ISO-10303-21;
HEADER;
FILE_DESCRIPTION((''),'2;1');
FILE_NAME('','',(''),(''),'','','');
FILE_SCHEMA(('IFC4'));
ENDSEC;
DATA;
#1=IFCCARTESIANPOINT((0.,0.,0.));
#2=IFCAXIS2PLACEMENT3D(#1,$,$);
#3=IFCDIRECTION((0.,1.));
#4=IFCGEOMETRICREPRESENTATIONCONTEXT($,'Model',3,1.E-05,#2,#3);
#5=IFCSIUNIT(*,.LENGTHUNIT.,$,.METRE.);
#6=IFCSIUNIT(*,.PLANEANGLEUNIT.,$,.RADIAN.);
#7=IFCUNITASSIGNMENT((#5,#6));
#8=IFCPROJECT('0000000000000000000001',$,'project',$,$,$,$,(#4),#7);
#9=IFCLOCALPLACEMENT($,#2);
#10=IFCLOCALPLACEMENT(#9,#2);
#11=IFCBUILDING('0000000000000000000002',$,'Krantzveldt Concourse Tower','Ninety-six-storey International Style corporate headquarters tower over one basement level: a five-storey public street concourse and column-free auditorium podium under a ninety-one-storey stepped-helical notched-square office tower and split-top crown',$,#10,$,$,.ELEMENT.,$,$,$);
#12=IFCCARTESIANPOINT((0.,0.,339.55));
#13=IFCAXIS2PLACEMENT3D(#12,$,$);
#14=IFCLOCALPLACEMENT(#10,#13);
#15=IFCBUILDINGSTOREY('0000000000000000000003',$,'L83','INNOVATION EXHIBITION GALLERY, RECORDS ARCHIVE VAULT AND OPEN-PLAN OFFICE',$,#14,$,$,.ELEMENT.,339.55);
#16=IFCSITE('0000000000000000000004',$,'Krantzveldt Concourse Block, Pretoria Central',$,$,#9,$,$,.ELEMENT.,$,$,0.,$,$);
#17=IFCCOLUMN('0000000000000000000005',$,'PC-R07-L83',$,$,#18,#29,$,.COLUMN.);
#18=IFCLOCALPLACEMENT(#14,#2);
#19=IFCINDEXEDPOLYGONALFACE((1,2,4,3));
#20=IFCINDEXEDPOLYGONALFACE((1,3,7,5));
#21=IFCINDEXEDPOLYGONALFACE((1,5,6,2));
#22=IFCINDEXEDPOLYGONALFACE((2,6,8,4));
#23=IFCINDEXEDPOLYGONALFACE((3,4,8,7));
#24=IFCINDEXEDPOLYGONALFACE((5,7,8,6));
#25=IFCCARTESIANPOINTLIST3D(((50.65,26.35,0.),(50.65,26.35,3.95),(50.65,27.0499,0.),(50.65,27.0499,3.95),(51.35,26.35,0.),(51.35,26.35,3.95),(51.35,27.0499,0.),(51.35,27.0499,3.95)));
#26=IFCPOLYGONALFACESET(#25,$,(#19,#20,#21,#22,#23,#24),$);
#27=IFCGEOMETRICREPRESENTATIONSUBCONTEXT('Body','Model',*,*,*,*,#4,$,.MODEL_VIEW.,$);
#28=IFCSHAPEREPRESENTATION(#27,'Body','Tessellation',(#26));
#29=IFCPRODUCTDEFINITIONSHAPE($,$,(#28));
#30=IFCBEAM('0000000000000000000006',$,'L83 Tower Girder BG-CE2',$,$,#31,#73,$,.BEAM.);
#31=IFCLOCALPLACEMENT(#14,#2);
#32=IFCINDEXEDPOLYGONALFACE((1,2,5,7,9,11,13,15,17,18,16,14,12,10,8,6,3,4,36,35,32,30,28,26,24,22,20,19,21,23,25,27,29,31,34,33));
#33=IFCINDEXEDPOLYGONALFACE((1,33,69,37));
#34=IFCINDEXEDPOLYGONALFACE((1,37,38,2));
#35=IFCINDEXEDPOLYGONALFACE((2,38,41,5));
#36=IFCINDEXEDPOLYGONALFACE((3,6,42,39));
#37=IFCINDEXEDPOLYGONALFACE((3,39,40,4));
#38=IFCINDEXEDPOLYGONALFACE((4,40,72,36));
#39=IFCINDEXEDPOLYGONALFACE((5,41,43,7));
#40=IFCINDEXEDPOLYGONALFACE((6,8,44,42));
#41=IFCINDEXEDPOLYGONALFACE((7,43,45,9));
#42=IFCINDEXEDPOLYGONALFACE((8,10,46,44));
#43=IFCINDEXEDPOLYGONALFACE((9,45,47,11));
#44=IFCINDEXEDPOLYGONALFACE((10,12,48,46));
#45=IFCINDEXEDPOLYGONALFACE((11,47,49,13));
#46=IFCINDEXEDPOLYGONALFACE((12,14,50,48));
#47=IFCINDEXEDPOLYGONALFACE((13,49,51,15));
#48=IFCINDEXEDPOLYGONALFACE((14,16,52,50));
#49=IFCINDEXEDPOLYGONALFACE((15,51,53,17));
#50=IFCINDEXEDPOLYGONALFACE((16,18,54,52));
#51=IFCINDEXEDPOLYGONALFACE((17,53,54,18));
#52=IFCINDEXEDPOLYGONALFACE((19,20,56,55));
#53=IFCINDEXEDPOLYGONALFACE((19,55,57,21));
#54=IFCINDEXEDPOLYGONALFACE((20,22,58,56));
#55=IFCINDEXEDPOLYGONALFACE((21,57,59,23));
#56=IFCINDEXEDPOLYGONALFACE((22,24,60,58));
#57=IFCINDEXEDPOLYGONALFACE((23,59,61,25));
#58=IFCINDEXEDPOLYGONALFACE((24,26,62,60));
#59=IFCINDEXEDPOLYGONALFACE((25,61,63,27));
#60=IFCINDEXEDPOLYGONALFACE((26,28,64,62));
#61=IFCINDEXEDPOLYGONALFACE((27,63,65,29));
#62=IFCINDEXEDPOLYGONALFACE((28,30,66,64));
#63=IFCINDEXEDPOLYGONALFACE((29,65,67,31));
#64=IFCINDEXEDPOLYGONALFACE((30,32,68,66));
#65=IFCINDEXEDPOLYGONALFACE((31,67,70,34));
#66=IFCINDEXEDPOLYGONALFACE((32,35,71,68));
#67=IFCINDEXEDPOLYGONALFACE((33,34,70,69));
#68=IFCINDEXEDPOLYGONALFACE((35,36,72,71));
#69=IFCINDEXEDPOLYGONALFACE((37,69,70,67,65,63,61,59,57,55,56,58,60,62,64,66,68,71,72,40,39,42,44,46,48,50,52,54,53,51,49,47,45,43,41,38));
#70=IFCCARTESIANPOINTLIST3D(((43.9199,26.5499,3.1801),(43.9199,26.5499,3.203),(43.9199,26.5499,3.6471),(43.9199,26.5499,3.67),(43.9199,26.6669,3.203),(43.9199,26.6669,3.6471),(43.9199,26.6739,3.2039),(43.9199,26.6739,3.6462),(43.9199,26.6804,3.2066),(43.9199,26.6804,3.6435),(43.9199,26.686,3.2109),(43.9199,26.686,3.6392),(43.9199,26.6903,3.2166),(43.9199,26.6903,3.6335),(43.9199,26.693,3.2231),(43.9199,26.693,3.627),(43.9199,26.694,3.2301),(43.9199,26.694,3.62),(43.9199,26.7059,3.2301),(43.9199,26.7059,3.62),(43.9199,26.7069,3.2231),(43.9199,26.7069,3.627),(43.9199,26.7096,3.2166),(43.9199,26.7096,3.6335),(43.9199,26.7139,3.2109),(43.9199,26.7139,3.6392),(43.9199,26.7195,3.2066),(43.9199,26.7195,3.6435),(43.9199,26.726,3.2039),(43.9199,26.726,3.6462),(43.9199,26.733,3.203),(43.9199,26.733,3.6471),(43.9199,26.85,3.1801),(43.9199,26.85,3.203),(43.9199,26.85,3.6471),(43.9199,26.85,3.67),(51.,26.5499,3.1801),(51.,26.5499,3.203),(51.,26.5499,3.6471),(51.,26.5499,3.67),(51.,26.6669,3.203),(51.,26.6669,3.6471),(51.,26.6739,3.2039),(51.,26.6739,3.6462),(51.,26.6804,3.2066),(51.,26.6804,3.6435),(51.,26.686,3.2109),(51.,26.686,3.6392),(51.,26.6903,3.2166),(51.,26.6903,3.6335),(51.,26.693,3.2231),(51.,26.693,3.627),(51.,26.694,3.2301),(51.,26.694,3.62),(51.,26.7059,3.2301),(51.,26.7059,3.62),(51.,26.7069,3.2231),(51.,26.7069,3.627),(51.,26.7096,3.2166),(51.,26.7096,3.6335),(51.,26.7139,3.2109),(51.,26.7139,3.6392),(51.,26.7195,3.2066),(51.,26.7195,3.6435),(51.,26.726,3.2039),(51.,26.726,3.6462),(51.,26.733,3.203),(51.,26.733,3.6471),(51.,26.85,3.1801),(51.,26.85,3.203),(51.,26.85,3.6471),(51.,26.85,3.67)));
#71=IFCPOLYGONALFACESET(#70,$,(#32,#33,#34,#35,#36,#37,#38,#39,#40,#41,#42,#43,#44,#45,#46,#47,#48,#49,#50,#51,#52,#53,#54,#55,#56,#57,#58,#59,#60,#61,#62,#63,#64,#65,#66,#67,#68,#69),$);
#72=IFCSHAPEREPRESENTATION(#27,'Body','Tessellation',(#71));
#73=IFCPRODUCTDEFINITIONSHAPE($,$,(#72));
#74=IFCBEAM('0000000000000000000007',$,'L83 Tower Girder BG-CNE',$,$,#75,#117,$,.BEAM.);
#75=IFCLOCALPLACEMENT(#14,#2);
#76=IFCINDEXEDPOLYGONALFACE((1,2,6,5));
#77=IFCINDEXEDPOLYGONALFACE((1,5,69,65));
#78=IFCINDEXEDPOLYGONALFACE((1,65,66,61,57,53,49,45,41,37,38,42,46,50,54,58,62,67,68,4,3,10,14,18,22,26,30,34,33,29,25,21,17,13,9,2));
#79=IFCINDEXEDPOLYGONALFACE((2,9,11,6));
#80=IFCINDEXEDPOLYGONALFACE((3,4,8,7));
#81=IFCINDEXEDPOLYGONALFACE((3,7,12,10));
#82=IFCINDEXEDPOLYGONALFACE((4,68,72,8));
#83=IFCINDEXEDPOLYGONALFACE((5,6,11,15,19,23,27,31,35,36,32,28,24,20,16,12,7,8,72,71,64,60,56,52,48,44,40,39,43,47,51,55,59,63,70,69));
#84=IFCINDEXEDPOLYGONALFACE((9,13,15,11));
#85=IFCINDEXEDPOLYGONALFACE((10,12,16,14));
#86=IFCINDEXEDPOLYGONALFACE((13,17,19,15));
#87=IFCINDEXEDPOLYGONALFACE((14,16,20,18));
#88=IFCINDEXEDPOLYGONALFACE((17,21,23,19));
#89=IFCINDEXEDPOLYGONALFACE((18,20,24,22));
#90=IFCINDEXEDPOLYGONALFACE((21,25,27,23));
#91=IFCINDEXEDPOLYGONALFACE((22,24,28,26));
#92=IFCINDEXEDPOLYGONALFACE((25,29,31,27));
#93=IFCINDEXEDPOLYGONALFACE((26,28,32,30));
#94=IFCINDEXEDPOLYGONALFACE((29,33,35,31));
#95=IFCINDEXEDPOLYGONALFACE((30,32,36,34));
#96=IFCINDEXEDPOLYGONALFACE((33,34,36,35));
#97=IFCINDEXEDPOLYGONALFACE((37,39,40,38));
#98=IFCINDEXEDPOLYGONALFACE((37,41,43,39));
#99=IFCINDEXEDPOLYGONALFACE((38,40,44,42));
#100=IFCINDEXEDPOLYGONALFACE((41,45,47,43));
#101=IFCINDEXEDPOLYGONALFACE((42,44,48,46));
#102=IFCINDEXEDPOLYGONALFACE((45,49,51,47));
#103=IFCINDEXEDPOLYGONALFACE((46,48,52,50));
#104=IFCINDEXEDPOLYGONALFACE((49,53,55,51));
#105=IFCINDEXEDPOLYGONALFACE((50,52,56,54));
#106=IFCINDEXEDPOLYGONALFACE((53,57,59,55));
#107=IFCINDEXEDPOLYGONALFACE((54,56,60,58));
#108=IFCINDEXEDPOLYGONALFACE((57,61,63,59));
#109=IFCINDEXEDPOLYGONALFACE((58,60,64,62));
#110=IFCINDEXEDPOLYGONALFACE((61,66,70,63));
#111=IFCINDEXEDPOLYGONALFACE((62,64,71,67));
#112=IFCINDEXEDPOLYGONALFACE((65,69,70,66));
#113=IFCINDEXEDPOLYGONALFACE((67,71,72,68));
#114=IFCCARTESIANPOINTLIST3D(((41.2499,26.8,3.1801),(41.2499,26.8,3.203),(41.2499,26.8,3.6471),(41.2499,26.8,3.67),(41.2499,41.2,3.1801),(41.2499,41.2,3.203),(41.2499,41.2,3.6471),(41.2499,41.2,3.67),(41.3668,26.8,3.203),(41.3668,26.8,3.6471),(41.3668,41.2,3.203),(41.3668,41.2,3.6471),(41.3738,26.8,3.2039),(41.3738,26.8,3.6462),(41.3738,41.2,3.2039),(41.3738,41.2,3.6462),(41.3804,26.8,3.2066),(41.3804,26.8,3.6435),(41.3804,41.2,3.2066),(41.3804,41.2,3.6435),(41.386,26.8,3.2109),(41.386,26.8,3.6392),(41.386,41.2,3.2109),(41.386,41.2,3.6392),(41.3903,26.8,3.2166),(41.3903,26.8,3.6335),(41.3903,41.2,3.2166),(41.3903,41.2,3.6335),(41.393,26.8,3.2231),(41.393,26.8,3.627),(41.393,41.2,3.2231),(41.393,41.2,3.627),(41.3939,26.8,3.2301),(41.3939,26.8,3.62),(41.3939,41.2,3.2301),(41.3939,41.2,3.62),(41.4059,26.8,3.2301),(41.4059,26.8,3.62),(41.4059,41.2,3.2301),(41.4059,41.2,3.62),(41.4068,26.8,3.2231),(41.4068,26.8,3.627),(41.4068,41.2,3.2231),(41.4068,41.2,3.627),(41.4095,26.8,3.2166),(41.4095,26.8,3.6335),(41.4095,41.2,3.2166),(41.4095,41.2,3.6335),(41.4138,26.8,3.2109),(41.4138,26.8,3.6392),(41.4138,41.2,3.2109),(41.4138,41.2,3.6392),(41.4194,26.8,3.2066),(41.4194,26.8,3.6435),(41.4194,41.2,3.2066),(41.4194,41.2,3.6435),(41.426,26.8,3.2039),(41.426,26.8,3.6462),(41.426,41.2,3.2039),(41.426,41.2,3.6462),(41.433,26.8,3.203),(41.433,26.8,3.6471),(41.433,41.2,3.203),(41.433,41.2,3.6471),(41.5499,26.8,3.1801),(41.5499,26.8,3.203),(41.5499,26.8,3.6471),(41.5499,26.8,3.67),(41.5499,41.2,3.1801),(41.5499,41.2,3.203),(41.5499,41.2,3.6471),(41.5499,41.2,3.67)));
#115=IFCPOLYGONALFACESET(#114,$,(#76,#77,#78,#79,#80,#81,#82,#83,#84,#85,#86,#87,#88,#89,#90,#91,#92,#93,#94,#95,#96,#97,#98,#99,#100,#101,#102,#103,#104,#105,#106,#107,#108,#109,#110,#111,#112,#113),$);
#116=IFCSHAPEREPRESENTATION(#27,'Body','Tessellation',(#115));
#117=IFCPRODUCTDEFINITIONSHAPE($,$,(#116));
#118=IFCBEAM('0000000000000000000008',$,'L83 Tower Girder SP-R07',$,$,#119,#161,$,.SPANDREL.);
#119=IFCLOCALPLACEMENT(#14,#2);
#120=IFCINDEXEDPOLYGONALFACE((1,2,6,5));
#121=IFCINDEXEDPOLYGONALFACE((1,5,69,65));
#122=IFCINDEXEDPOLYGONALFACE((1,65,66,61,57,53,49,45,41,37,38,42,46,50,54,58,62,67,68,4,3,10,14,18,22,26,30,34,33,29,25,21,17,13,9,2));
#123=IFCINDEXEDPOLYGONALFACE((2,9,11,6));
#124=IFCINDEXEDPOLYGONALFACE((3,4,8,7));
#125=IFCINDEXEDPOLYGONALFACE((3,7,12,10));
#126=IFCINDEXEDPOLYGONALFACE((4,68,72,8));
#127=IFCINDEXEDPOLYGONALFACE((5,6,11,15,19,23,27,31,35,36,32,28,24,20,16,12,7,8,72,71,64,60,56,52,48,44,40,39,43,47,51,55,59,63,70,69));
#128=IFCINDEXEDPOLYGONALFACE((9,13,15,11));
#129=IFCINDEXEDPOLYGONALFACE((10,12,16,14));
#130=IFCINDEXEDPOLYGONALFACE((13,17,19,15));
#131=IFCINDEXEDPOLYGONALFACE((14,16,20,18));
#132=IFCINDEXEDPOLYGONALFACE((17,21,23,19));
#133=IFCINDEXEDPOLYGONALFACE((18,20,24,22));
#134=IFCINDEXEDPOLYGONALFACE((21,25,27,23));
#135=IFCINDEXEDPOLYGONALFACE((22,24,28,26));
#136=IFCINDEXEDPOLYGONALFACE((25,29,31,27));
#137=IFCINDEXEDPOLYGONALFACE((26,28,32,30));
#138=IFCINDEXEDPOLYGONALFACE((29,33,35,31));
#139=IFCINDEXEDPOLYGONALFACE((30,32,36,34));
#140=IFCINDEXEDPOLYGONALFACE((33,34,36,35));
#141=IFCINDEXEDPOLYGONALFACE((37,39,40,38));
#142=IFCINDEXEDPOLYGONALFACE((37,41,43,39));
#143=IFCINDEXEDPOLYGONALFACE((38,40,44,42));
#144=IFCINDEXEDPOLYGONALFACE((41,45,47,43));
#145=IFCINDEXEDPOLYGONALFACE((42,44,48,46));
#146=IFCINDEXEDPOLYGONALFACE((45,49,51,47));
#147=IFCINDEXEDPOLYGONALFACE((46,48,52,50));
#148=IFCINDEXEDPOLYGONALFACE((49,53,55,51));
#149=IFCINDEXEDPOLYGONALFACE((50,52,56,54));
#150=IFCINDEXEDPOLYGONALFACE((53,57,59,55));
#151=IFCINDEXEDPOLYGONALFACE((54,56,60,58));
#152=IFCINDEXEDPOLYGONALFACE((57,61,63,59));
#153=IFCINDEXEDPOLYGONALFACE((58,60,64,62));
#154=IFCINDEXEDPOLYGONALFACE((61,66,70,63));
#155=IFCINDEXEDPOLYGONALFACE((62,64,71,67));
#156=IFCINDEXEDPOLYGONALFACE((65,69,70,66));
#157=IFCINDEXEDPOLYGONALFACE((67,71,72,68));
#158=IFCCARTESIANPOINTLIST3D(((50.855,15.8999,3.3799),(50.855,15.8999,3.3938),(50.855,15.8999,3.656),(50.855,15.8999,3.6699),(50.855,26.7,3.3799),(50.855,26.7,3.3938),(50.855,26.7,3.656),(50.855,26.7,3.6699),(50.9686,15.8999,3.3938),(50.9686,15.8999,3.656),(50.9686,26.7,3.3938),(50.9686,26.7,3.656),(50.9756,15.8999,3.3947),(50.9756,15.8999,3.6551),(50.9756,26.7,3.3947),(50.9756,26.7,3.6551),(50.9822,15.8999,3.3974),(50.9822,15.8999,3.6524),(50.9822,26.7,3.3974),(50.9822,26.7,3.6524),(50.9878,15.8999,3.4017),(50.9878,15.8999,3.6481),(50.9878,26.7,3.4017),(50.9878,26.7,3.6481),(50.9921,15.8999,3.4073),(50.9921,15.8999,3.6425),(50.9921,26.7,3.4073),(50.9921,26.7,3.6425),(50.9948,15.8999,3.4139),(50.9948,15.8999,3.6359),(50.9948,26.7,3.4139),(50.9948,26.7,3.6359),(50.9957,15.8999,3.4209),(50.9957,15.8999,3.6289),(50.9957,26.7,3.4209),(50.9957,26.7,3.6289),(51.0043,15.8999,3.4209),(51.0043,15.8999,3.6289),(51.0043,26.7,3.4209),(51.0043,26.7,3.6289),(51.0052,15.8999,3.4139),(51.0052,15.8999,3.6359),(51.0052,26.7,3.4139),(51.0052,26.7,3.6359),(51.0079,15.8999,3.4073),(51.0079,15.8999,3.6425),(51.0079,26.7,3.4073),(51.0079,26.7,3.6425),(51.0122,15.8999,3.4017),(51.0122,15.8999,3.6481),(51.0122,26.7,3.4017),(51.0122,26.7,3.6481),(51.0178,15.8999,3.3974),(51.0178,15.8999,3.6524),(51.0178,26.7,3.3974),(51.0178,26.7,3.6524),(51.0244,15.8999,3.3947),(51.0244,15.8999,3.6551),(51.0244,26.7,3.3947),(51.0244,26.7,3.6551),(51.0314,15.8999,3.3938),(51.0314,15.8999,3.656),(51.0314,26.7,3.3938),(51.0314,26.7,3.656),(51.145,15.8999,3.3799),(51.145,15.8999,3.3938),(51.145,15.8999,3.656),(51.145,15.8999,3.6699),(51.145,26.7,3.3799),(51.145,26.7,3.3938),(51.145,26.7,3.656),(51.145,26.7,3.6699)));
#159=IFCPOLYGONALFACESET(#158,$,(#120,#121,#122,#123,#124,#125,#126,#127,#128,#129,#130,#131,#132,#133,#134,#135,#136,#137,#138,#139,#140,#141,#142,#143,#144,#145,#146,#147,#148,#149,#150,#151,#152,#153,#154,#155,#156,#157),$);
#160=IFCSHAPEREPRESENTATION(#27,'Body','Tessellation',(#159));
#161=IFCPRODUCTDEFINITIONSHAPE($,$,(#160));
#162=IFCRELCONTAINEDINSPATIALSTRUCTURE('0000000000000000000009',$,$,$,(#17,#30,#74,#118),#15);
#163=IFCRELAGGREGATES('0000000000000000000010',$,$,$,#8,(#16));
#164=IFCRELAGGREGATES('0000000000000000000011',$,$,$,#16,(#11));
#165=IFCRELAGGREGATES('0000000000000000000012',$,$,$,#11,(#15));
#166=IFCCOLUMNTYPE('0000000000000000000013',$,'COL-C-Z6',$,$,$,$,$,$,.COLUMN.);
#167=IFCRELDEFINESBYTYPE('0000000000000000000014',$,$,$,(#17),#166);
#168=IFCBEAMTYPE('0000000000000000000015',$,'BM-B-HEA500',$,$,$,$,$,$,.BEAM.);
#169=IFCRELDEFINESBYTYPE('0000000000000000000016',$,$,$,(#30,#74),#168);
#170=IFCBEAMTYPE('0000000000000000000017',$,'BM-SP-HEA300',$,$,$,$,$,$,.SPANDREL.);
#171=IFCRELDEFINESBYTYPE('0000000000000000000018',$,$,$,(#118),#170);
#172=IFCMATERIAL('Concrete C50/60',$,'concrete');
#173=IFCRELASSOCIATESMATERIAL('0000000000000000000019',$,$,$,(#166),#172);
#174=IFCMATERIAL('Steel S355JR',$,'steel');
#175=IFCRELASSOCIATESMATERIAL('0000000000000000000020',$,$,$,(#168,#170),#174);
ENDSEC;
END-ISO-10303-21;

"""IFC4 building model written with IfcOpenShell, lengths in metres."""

from ifc_helpers import new_model, si_unit, direction, frame, origin, origin_2d, place, context, subcontext, project, spatial, rectangle, i_section, extrude, source, transform, mapped, material, material_profile, profile_set, type_object, type_shapes, element, save


model = new_model("IFC4")

# Units and contexts
model_context = context("Model", 3, precision=1e-05, world=origin(), true_north=direction((0.0, 1.0)))
body_context = subcontext(model_context, "Body", "Model", "MODEL_VIEW")
ifc_project = project(units=[si_unit("LENGTHUNIT", "METRE"), si_unit("PLANEANGLEUNIT", "RADIAN")], contexts=[model_context])

# Site, building, storey
site_placement = place(None, origin())
site = spatial("IfcSite", under=ifc_project, at=site_placement, Name="Krantzveldt Concourse Block, Pretoria Central", CompositionType="ELEMENT", RefElevation=0.0)
building_placement = place(site_placement, origin())
building = spatial("IfcBuilding", under=site, at=building_placement, Name="Krantzveldt Concourse Tower", Description="Ninety-six-storey International Style corporate headquarters tower over one basement level: a five-storey public street concourse and column-free auditorium podium under a ninety-one-storey stepped-helical notched-square office tower and split-top crown", CompositionType="ELEMENT")
storey_placement = place(building_placement, frame((0.0, 0.0, 339.55)))
storey = spatial("IfcBuildingStorey", under=building, at=storey_placement, Name="L83", Description="INNOVATION EXHIBITION GALLERY, RECORDS ARCHIVE VAULT AND OPEN-PLAN OFFICE", CompositionType="ELEMENT", Elevation=339.55)

# Column
ifc_material_1 = material(Name="Concrete C50/60", Category="concrete")
ifc_material_profile_1 = material_profile(ifc_material_1, rectangle(XDim=0.7, YDim=0.7, at=origin_2d()), Name="Concrete C50/60", Category="concrete")
ifc_profile_set_1 = profile_set([ifc_material_profile_1], Name="Concrete C50/60 - RC 700x700")
column_type = type_object("IfcColumnType", Name="COL-C-Z6", PredefinedType="COLUMN", material=ifc_profile_set_1)
shared_shape_1 = source(origin(), body_context, "Body", "SweptSolid", [
    extrude(rectangle(XDim=0.7, YDim=0.7, at=origin_2d()), origin(), (0.0, 0.0, 1.0), 3.95),
])
type_shapes(column_type, [shared_shape_1])
column_placement = place(storey_placement, frame((51.0, 26.7, 0.0), z_axis=(0.0, 0.0, 1.0), x_axis=(1.0, 0.0, 0.0)))
element("IfcColumn", 1, at=column_placement, inside=storey, type_object=column_type, Name="PC-R07-L83", PredefinedType="COLUMN", context=body_context, shape_type="MappedRepresentation", body=[
    mapped(shared_shape_1, transform((0.0, 0.0, 0.0), x_axis=(1.0, 0.0, 0.0), y_axis=(0.0, 1.0, 0.0), z_axis=(0.0, 0.0, 1.0), scale=1.0)),
])

# Beams
ifc_material_2 = material(Name="Steel S355JR", Category="steel")
ifc_material_profile_2 = material_profile(ifc_material_2, i_section(OverallWidth=0.3, OverallDepth=0.49, WebThickness=0.012, FlangeThickness=0.0229, FilletRadius=0.0271, at=origin_2d()), Name="Steel S355JR", Category="steel")
ifc_profile_set_2 = profile_set([ifc_material_profile_2], Name="Steel S355JR - HEA 500")
beam_type_1 = type_object("IfcBeamType", Name="BM-B-HEA500", PredefinedType="BEAM", material=ifc_profile_set_2)
shared_shape_2 = source(origin(), body_context, "Body", "SweptSolid", [
    extrude(i_section(OverallWidth=0.3, OverallDepth=0.49, WebThickness=0.012, FlangeThickness=0.0229, FilletRadius=0.0271, at=origin_2d()), origin(), (0.0, 0.0, 1.0), 7.0801),
])
beam_1_placement = place(storey_placement, frame((43.9199, 26.7, 3.425), z_axis=(1.0, 0.0, 0.0), x_axis=(0.0, 1.0, 0.0)))
element("IfcBeam", 2, at=beam_1_placement, inside=storey, type_object=beam_type_1, Name="L83 Tower Girder BG-CE2", PredefinedType="BEAM", context=body_context, shape_type="MappedRepresentation", body=[
    mapped(shared_shape_2, transform((0.0, 0.0, 0.0), x_axis=(1.0, 0.0, 0.0), y_axis=(0.0, 1.0, 0.0), z_axis=(0.0, 0.0, 1.0), scale=1.0)),
])
shared_shape_3 = source(origin(), body_context, "Body", "SweptSolid", [
    extrude(i_section(OverallWidth=0.3, OverallDepth=0.49, WebThickness=0.012, FlangeThickness=0.0229, FilletRadius=0.0271, at=origin_2d()), origin(), (0.0, 0.0, 1.0), 14.3999),
])
type_shapes(beam_type_1, [shared_shape_2, shared_shape_3])
beam_2_placement = place(storey_placement, frame((41.3999, 26.8, 3.425), z_axis=(0.0, 1.0, 0.0), x_axis=(-1.0, 0.0, 0.0)))
element("IfcBeam", 3, at=beam_2_placement, inside=storey, type_object=beam_type_1, Name="L83 Tower Girder BG-CNE", PredefinedType="BEAM", context=body_context, shape_type="MappedRepresentation", body=[
    mapped(shared_shape_3, transform((0.0, 0.0, 0.0), x_axis=(1.0, 0.0, 0.0), y_axis=(0.0, 1.0, 0.0), z_axis=(0.0, 0.0, 1.0), scale=1.0)),
])
ifc_material_profile_3 = material_profile(ifc_material_2, i_section(OverallWidth=0.29, OverallDepth=0.29, WebThickness=0.0085, FlangeThickness=0.0139, FilletRadius=0.0271, at=origin_2d()), Name="Steel S355JR", Category="steel")
ifc_profile_set_3 = profile_set([ifc_material_profile_3], Name="Steel S355JR - HEA 300")
beam_type_2 = type_object("IfcBeamType", Name="BM-SP-HEA300", PredefinedType="SPANDREL", material=ifc_profile_set_3)
shared_shape_4 = source(origin(), body_context, "Body", "SweptSolid", [
    extrude(i_section(OverallWidth=0.29, OverallDepth=0.29, WebThickness=0.0085, FlangeThickness=0.0139, FilletRadius=0.0271, at=origin_2d()), origin(), (0.0, 0.0, 1.0), 10.8),
])
type_shapes(beam_type_2, [shared_shape_4])
beam_3_placement = place(storey_placement, frame((51.0, 26.7, 3.5249), z_axis=(0.0, -1.0, 0.0), x_axis=(1.0, 0.0, 0.0)))
element("IfcBeam", 4, at=beam_3_placement, inside=storey, type_object=beam_type_2, Name="L83 Tower Girder SP-R07", PredefinedType="SPANDREL", context=body_context, shape_type="MappedRepresentation", body=[
    mapped(shared_shape_4, transform((0.0, 0.0, 0.0), x_axis=(1.0, 0.0, 0.0), y_axis=(0.0, 1.0, 0.0), z_axis=(0.0, 0.0, 1.0), scale=1.0)),
])

save(model, "model.ifc")
